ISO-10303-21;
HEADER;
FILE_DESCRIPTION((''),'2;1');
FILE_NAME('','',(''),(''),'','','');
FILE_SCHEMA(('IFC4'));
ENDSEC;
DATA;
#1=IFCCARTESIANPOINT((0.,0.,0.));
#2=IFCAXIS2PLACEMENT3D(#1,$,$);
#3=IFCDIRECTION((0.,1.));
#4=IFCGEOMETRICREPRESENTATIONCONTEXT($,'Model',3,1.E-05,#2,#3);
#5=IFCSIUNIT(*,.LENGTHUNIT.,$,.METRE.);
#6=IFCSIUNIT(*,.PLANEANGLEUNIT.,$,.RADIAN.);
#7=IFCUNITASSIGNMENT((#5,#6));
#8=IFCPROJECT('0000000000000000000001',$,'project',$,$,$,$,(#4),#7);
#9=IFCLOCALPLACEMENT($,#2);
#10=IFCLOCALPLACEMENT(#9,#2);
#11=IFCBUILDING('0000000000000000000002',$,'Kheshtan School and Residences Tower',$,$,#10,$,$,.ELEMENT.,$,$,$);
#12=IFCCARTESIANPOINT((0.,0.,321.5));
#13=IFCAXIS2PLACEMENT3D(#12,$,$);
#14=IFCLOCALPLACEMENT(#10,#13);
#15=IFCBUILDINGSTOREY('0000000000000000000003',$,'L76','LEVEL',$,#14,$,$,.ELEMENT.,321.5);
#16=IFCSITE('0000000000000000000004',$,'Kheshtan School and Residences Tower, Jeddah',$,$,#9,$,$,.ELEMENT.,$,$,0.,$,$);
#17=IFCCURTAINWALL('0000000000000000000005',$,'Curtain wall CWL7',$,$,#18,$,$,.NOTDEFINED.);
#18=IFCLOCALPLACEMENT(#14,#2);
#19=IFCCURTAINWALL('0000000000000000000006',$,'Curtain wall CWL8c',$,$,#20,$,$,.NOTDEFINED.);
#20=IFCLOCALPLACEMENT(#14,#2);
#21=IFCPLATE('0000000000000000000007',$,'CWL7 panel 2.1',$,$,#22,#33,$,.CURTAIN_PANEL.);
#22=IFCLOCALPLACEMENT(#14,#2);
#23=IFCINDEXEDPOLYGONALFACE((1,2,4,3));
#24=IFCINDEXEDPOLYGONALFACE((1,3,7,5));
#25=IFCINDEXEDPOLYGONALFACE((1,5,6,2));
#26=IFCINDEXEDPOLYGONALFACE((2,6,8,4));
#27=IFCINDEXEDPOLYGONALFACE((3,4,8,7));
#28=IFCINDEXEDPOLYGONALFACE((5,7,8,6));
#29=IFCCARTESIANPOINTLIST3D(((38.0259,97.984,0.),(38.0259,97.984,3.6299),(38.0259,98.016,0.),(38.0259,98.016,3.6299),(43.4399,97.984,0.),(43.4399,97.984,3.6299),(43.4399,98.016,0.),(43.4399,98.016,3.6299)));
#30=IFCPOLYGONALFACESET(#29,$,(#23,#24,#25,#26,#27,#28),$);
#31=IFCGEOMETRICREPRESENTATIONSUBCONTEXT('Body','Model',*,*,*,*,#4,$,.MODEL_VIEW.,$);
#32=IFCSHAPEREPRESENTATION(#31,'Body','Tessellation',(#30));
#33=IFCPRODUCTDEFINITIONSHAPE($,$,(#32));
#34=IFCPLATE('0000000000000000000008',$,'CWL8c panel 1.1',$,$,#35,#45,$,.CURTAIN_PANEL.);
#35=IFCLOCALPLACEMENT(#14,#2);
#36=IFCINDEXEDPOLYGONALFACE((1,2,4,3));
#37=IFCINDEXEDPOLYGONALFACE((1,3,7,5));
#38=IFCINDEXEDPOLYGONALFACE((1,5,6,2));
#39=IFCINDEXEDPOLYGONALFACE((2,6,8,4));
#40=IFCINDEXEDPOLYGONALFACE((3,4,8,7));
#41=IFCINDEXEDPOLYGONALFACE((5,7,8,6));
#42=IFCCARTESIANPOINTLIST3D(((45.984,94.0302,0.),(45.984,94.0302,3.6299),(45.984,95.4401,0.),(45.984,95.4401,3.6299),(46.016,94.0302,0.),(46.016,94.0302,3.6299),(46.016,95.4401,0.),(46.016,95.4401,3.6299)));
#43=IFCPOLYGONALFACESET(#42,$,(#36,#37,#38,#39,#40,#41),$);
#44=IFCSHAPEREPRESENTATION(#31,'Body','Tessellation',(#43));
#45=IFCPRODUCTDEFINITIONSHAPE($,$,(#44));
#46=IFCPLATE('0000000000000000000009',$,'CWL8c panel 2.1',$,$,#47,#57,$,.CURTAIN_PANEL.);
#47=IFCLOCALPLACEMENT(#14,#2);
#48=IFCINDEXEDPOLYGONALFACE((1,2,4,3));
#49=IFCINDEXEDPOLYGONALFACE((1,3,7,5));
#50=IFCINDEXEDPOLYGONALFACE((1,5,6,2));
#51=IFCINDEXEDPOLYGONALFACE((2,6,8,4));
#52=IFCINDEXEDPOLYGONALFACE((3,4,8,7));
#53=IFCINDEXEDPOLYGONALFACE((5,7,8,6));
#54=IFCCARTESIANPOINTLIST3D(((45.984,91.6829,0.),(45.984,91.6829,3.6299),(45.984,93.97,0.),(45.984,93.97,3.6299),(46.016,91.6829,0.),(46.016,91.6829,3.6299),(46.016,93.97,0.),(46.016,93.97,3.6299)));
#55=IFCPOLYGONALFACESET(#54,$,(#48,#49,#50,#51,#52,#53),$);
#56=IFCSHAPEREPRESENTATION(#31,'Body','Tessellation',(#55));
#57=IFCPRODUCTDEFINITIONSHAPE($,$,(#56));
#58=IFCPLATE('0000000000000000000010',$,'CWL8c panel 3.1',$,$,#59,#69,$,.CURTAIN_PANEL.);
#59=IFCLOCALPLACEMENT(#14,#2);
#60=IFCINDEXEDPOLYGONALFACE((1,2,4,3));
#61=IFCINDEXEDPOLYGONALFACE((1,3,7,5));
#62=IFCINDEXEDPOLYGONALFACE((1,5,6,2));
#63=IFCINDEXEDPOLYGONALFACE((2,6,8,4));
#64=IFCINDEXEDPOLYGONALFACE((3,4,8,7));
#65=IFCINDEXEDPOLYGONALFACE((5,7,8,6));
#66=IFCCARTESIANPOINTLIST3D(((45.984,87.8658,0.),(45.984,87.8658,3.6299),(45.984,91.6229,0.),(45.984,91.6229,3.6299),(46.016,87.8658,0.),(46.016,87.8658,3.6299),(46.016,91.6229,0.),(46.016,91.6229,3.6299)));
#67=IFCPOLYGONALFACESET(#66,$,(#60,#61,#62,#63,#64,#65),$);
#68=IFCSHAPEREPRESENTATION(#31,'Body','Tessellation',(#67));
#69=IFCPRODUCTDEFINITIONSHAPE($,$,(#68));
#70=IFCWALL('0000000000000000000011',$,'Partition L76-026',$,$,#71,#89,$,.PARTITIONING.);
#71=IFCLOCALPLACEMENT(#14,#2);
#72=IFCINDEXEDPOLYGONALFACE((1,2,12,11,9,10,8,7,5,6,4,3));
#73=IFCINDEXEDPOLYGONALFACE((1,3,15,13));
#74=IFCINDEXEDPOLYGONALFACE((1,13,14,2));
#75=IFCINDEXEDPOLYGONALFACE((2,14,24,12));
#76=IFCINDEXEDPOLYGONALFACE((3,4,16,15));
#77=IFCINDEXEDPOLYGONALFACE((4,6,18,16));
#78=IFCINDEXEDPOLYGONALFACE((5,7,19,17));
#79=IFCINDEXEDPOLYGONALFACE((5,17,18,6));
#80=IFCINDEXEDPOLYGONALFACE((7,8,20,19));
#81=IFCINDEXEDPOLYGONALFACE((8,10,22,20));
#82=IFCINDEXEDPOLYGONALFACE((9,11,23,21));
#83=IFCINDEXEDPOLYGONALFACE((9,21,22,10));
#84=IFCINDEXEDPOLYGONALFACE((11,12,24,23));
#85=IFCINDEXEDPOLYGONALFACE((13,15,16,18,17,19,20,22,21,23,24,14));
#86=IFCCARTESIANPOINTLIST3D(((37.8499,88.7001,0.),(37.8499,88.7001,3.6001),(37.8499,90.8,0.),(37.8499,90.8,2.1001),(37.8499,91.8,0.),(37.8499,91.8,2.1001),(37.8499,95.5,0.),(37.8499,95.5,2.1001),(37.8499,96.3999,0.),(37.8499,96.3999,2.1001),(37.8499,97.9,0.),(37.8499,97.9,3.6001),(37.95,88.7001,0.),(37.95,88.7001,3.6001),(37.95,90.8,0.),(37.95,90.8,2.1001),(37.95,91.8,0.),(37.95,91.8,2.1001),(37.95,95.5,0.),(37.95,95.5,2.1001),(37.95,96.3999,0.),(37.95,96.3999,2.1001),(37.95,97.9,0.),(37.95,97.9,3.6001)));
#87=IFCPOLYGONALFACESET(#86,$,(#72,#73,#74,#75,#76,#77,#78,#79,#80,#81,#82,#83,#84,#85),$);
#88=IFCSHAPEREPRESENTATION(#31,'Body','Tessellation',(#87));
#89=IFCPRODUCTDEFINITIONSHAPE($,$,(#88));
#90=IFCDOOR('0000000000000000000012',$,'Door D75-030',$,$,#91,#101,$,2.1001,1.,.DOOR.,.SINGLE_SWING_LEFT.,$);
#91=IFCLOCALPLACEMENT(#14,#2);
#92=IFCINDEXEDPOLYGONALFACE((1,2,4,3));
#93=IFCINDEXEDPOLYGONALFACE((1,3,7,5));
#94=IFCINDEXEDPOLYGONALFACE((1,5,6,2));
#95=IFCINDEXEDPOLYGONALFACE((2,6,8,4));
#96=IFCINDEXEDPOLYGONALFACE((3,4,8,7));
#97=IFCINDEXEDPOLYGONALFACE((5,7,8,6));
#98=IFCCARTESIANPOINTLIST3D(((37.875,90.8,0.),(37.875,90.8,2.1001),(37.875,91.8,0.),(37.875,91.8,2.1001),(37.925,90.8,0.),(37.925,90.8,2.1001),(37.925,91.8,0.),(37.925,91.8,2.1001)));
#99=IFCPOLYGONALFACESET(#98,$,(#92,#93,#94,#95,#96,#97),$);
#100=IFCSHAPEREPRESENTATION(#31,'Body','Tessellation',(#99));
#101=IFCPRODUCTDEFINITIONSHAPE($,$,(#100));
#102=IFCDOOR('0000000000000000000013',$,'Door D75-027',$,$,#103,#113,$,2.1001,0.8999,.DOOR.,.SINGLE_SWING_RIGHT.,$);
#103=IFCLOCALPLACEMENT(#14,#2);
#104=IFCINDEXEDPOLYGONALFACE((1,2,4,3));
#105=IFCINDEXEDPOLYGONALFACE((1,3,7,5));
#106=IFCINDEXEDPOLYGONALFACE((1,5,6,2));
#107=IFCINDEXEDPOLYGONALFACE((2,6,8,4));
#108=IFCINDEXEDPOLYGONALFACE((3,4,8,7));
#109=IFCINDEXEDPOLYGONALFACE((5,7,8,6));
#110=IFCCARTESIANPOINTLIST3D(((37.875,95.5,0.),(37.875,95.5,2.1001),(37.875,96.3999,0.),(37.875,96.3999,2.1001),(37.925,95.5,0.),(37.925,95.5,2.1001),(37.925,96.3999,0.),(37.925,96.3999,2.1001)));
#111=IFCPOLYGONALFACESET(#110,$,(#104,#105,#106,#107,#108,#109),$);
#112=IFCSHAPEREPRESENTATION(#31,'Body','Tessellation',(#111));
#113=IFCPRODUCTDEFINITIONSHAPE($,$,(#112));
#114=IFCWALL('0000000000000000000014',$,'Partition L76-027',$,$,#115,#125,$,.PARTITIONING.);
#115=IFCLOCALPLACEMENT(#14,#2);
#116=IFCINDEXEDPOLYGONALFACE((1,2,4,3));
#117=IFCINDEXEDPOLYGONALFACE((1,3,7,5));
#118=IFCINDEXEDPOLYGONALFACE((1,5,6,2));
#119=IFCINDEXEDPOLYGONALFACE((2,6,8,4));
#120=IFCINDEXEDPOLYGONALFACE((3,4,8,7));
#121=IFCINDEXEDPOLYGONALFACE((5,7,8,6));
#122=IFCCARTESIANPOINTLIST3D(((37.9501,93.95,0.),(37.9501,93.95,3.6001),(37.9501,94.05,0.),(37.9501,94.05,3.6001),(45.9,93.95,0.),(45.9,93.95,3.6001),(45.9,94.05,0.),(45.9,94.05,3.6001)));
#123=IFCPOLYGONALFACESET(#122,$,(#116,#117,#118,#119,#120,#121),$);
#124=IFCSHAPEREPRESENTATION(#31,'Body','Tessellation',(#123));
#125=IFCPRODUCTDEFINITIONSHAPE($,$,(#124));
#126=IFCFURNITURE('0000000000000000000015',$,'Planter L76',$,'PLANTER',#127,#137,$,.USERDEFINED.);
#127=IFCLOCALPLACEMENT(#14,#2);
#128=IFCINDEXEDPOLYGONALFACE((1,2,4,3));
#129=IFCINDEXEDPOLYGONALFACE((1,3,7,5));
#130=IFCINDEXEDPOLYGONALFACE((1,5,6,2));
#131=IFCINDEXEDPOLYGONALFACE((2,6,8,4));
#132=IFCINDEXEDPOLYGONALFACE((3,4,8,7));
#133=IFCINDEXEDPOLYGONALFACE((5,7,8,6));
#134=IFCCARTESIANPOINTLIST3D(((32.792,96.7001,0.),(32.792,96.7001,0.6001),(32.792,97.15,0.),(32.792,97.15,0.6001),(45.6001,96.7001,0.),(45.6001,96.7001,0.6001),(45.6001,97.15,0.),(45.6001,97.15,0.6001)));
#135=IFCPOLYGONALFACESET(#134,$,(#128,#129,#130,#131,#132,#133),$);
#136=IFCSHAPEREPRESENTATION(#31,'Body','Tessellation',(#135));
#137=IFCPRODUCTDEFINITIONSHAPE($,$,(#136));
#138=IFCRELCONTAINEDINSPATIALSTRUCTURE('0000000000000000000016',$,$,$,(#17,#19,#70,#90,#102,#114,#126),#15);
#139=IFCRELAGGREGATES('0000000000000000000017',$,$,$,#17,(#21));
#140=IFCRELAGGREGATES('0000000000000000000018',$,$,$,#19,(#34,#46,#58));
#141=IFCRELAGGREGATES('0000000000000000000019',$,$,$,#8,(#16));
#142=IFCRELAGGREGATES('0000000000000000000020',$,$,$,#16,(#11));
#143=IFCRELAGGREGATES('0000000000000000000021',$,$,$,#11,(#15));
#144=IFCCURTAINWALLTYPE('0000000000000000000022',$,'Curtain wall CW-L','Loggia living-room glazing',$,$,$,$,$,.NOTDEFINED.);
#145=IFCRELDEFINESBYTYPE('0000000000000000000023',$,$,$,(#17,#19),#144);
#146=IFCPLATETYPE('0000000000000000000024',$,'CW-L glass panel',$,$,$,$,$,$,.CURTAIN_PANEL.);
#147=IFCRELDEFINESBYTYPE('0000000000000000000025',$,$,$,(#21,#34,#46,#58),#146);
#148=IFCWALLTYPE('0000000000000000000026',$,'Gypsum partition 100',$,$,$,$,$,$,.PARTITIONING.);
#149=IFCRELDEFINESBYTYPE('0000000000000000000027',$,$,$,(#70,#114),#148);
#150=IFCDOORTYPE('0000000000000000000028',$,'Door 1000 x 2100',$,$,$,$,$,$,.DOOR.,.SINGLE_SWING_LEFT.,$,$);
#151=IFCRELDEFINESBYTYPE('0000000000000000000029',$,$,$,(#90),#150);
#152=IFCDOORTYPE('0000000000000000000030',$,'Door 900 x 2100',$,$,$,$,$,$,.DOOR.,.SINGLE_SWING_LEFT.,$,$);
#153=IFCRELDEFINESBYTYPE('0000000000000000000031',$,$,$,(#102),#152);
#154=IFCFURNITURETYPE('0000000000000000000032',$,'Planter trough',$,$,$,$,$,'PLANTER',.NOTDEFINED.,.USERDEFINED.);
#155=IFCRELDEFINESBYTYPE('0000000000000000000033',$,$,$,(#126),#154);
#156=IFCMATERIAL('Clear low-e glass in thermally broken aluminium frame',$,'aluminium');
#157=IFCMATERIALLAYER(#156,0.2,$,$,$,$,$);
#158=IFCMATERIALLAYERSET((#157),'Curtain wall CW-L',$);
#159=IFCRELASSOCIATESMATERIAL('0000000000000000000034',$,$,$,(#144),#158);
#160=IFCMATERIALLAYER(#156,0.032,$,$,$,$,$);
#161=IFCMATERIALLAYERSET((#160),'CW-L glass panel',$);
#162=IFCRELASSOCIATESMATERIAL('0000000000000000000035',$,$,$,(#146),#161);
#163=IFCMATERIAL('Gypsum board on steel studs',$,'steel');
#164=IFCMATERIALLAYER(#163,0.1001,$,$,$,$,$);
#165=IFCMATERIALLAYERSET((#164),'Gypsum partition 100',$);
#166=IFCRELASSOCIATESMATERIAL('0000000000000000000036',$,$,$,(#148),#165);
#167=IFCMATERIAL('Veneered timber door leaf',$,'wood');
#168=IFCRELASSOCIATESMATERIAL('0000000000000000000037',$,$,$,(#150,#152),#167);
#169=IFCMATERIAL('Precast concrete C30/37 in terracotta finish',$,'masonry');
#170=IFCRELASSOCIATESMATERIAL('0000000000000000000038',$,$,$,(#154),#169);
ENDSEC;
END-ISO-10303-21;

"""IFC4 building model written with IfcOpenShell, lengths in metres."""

from ifc_helpers import new_model, si_unit, direction, frame, frame_2d, origin, origin_2d, place, context, subcontext, project, spatial, rectangle, extrude, source, transform, mapped, material, layer, layer_set, type_object, element, fill, aggregate, save


model = new_model("IFC4")

# Units and contexts
model_context = context("Model", 3, precision=1e-05, world=origin(), true_north=direction((0.0, 1.0)))
body_context = subcontext(model_context, "Body", "Model", "MODEL_VIEW")
ifc_project = project(units=[si_unit("LENGTHUNIT", "METRE"), si_unit("PLANEANGLEUNIT", "RADIAN")], contexts=[model_context])

# Site, building, storey
site_placement = place(None, origin())
site = spatial("IfcSite", under=ifc_project, at=site_placement, Name="Kheshtan School and Residences Tower, Jeddah", CompositionType="ELEMENT", RefElevation=0.0)
building_placement = place(site_placement, origin())
building = spatial("IfcBuilding", under=site, at=building_placement, Name="Kheshtan School and Residences Tower", CompositionType="ELEMENT")
storey_placement = place(building_placement, frame((0.0, 0.0, 321.5)))
storey = spatial("IfcBuildingStorey", under=building, at=storey_placement, Name="L76", Description="LEVEL", CompositionType="ELEMENT", Elevation=321.5)

# Curtain walls
ifc_material_1 = material(Name="Clear low-e glass in thermally broken aluminium frame", Category="aluminium")
ifc_layer_1 = layer(ifc_material_1, 0.2)
ifc_layer_set_1 = layer_set([ifc_layer_1], Name="Curtain wall CW-L")
curtain_wall_type = type_object("IfcCurtainWallType", Name="Curtain wall CW-L", Description="Loggia living-room glazing", PredefinedType="NOTDEFINED", material=ifc_layer_set_1)
curtain_wall_1_placement = place(storey_placement, origin())
curtain_wall_1 = element("IfcCurtainWall", 1, at=curtain_wall_1_placement, inside=storey, type_object=curtain_wall_type, Name="Curtain wall CWL7", PredefinedType="NOTDEFINED")
curtain_wall_2_placement = place(storey_placement, origin())
curtain_wall_2 = element("IfcCurtainWall", 2, at=curtain_wall_2_placement, inside=storey, type_object=curtain_wall_type, Name="Curtain wall CWL8c", PredefinedType="NOTDEFINED")

# Plates
ifc_layer_2 = layer(ifc_material_1, 0.032)
ifc_layer_set_2 = layer_set([ifc_layer_2], Name="CW-L glass panel")
plate_type = type_object("IfcPlateType", Name="CW-L glass panel", PredefinedType="CURTAIN_PANEL", material=ifc_layer_set_2)
plate_1_placement = place(storey_placement, frame((40.7329, 98.0, 0.0), z_axis=(0.0, 0.0, 1.0), x_axis=(1.0, 0.0, 0.0)))
plate_1 = element("IfcPlate", 3, at=plate_1_placement, type_object=plate_type, Name="CWL7 panel 2.1", PredefinedType="CURTAIN_PANEL", context=body_context, shape_type="SweptSolid", body=[
    extrude(rectangle(XDim=5.4141, YDim=0.032, at=origin_2d()), origin(), (0.0, 0.0, 1.0), 3.6299),
])
aggregate(curtain_wall_1, [plate_1])
plate_2_placement = place(storey_placement, frame((46.0, 94.7351, 0.0), z_axis=(0.0, 0.0, 1.0), x_axis=(0.0, -1.0, 0.0)))
plate_2 = element("IfcPlate", 4, at=plate_2_placement, type_object=plate_type, Name="CWL8c panel 1.1", PredefinedType="CURTAIN_PANEL", context=body_context, shape_type="SweptSolid", body=[
    extrude(rectangle(XDim=1.4099, YDim=0.032, at=origin_2d()), origin(), (0.0, 0.0, 1.0), 3.6299),
])
plate_3_placement = place(storey_placement, frame((46.0, 92.8264, 0.0), z_axis=(0.0, 0.0, 1.0), x_axis=(0.0, -1.0, 0.0)))
plate_3 = element("IfcPlate", 5, at=plate_3_placement, type_object=plate_type, Name="CWL8c panel 2.1", PredefinedType="CURTAIN_PANEL", context=body_context, shape_type="SweptSolid", body=[
    extrude(rectangle(XDim=2.2871, YDim=0.032, at=origin_2d()), origin(), (0.0, 0.0, 1.0), 3.6299),
])
plate_4_placement = place(storey_placement, frame((46.0, 89.7444, 0.0), z_axis=(0.0, 0.0, 1.0), x_axis=(0.0, -1.0, 0.0)))
plate_4 = element("IfcPlate", 6, at=plate_4_placement, type_object=plate_type, Name="CWL8c panel 3.1", PredefinedType="CURTAIN_PANEL", context=body_context, shape_type="SweptSolid", body=[
    extrude(rectangle(XDim=3.7571, YDim=0.032, at=origin_2d()), origin(), (0.0, 0.0, 1.0), 3.6299),
])
aggregate(curtain_wall_2, [plate_2, plate_3, plate_4])

# Wall, openings, doors
ifc_material_2 = material(Name="Gypsum board on steel studs", Category="steel")
ifc_layer_3 = layer(ifc_material_2, 0.1001)
ifc_layer_set_3 = layer_set([ifc_layer_3], Name="Gypsum partition 100")
wall_type_1 = type_object("IfcWallType", Name="Gypsum partition 100", PredefinedType="PARTITIONING", material=ifc_layer_set_3)
wall_1_placement = place(storey_placement, frame((37.8999, 88.7, 0.0), z_axis=(0.0, 0.0, 1.0), x_axis=(0.0, 1.0, 0.0)))
wall_1 = element("IfcWall", 7, at=wall_1_placement, inside=storey, type_object=wall_type_1, Name="Partition L76-026", PredefinedType="PARTITIONING", context=body_context, shape_type="SweptSolid", body=[
    extrude(rectangle(XDim=9.2, YDim=0.1001, at=frame_2d((4.6001, 0.0))), origin(), (0.0, 0.0, 1.0), 3.6001),
])
opening_1_placement = place(wall_1_placement, frame((6.8, 0.0, 0.0)))
opening_1 = element("IfcOpeningElement", 8, at=opening_1_placement, cuts=wall_1, PredefinedType="OPENING", context=body_context, shape_type="SweptSolid", body=[
    extrude(rectangle(XDim=0.8999, YDim=2.1001, at=frame_2d((0.45, 1.05))), frame((0.0, 0.0601, 0.0), z_axis=(0.0, -1.0, 0.0), x_axis=(1.0, 0.0, 0.0)), (0.0, 0.0, 1.0), 0.1201),
])
opening_2_placement = place(wall_1_placement, frame((2.1001, 0.0, 0.0)))
opening_2 = element("IfcOpeningElement", 9, at=opening_2_placement, cuts=wall_1, PredefinedType="OPENING", context=body_context, shape_type="SweptSolid", body=[
    extrude(rectangle(XDim=1.0, YDim=2.1001, at=frame_2d((0.5, 1.05))), frame((0.0, 0.0601, 0.0), z_axis=(0.0, -1.0, 0.0), x_axis=(1.0, 0.0, 0.0)), (0.0, 0.0, 1.0), 0.1201),
])
ifc_material_3 = material(Name="Veneered timber door leaf", Category="wood")
door_type_1 = type_object("IfcDoorType", Name="Door 1000 x 2100", OperationType="SINGLE_SWING_LEFT", PredefinedType="DOOR", material=ifc_material_3)
shared_shape_1 = source(origin(), body_context, "Body", "SweptSolid", [
    extrude(rectangle(XDim=1.0, YDim=2.1001, at=frame_2d((0.5, 1.05))), frame((0.0, 0.0249, 0.0), z_axis=(0.0, -1.0, 0.0), x_axis=(1.0, 0.0, 0.0)), (0.0, 0.0, 1.0), 0.05),
])
door_1_placement = place(opening_2_placement, origin())
door_1 = element("IfcDoor", 10, at=door_1_placement, inside=storey, type_object=door_type_1, Name="Door D75-030", OperationType="SINGLE_SWING_LEFT", OverallHeight=2.1001, OverallWidth=1.0, PredefinedType="DOOR", context=body_context, shape_type="MappedRepresentation", body=[
    mapped(shared_shape_1, transform((0.0, 0.0, 0.0), x_axis=(1.0, 0.0, 0.0), y_axis=(0.0, 1.0, 0.0), z_axis=(0.0, 0.0, 1.0), scale=1.0)),
])
fill(opening_2, door_1)
door_type_2 = type_object("IfcDoorType", Name="Door 900 x 2100", OperationType="SINGLE_SWING_LEFT", PredefinedType="DOOR", material=ifc_material_3)
shared_shape_2 = source(origin(), body_context, "Body", "SweptSolid", [
    extrude(rectangle(XDim=0.8999, YDim=2.1001, at=frame_2d((0.45, 1.05))), frame((0.0, 0.0249, 0.0), z_axis=(0.0, -1.0, 0.0), x_axis=(1.0, 0.0, 0.0)), (0.0, 0.0, 1.0), 0.05),
])
door_2_placement = place(opening_1_placement, origin())
door_2 = element("IfcDoor", 11, at=door_2_placement, inside=storey, type_object=door_type_2, Name="Door D75-027", OperationType="SINGLE_SWING_RIGHT", OverallHeight=2.1001, OverallWidth=0.8999, PredefinedType="DOOR", context=body_context, shape_type="MappedRepresentation", body=[
    mapped(shared_shape_2, transform((0.0, 0.0, 0.0), x_axis=(1.0, 0.0, 0.0), y_axis=(0.0, 1.0, 0.0), z_axis=(0.0, 0.0, 1.0), scale=1.0)),
])
fill(opening_1, door_2)

# Wall
wall_2_placement = place(storey_placement, frame((37.95, 94.0, 0.0), z_axis=(0.0, 0.0, 1.0), x_axis=(1.0, 0.0, 0.0)))
element("IfcWall", 12, at=wall_2_placement, inside=storey, type_object=wall_type_1, Name="Partition L76-027", PredefinedType="PARTITIONING", context=body_context, shape_type="SweptSolid", body=[
    extrude(rectangle(XDim=7.95, YDim=0.1001, at=frame_2d((3.9751, 0.0))), origin(), (0.0, 0.0, 1.0), 3.6001),
])

# Furniture
ifc_material_4 = material(Name="Precast concrete C30/37 in terracotta finish", Category="masonry")
furniture_type = type_object("IfcFurnitureType", Name="Planter trough", ElementType="PLANTER", AssemblyPlace="NOTDEFINED", PredefinedType="USERDEFINED", material=ifc_material_4)
furniture_placement = place(storey_placement, frame((39.196, 96.925, 0.0), z_axis=(0.0, 0.0, 1.0), x_axis=(1.0, 0.0, 0.0)))
element("IfcFurniture", 13, at=furniture_placement, inside=storey, type_object=furniture_type, Name="Planter L76", ObjectType="PLANTER", PredefinedType="USERDEFINED", context=body_context, shape_type="SweptSolid", body=[
    extrude(rectangle(XDim=12.8081, YDim=0.45, at=origin_2d()), origin(), (0.0, 0.0, 1.0), 0.6001),
])

save(model, "model.ifc")
